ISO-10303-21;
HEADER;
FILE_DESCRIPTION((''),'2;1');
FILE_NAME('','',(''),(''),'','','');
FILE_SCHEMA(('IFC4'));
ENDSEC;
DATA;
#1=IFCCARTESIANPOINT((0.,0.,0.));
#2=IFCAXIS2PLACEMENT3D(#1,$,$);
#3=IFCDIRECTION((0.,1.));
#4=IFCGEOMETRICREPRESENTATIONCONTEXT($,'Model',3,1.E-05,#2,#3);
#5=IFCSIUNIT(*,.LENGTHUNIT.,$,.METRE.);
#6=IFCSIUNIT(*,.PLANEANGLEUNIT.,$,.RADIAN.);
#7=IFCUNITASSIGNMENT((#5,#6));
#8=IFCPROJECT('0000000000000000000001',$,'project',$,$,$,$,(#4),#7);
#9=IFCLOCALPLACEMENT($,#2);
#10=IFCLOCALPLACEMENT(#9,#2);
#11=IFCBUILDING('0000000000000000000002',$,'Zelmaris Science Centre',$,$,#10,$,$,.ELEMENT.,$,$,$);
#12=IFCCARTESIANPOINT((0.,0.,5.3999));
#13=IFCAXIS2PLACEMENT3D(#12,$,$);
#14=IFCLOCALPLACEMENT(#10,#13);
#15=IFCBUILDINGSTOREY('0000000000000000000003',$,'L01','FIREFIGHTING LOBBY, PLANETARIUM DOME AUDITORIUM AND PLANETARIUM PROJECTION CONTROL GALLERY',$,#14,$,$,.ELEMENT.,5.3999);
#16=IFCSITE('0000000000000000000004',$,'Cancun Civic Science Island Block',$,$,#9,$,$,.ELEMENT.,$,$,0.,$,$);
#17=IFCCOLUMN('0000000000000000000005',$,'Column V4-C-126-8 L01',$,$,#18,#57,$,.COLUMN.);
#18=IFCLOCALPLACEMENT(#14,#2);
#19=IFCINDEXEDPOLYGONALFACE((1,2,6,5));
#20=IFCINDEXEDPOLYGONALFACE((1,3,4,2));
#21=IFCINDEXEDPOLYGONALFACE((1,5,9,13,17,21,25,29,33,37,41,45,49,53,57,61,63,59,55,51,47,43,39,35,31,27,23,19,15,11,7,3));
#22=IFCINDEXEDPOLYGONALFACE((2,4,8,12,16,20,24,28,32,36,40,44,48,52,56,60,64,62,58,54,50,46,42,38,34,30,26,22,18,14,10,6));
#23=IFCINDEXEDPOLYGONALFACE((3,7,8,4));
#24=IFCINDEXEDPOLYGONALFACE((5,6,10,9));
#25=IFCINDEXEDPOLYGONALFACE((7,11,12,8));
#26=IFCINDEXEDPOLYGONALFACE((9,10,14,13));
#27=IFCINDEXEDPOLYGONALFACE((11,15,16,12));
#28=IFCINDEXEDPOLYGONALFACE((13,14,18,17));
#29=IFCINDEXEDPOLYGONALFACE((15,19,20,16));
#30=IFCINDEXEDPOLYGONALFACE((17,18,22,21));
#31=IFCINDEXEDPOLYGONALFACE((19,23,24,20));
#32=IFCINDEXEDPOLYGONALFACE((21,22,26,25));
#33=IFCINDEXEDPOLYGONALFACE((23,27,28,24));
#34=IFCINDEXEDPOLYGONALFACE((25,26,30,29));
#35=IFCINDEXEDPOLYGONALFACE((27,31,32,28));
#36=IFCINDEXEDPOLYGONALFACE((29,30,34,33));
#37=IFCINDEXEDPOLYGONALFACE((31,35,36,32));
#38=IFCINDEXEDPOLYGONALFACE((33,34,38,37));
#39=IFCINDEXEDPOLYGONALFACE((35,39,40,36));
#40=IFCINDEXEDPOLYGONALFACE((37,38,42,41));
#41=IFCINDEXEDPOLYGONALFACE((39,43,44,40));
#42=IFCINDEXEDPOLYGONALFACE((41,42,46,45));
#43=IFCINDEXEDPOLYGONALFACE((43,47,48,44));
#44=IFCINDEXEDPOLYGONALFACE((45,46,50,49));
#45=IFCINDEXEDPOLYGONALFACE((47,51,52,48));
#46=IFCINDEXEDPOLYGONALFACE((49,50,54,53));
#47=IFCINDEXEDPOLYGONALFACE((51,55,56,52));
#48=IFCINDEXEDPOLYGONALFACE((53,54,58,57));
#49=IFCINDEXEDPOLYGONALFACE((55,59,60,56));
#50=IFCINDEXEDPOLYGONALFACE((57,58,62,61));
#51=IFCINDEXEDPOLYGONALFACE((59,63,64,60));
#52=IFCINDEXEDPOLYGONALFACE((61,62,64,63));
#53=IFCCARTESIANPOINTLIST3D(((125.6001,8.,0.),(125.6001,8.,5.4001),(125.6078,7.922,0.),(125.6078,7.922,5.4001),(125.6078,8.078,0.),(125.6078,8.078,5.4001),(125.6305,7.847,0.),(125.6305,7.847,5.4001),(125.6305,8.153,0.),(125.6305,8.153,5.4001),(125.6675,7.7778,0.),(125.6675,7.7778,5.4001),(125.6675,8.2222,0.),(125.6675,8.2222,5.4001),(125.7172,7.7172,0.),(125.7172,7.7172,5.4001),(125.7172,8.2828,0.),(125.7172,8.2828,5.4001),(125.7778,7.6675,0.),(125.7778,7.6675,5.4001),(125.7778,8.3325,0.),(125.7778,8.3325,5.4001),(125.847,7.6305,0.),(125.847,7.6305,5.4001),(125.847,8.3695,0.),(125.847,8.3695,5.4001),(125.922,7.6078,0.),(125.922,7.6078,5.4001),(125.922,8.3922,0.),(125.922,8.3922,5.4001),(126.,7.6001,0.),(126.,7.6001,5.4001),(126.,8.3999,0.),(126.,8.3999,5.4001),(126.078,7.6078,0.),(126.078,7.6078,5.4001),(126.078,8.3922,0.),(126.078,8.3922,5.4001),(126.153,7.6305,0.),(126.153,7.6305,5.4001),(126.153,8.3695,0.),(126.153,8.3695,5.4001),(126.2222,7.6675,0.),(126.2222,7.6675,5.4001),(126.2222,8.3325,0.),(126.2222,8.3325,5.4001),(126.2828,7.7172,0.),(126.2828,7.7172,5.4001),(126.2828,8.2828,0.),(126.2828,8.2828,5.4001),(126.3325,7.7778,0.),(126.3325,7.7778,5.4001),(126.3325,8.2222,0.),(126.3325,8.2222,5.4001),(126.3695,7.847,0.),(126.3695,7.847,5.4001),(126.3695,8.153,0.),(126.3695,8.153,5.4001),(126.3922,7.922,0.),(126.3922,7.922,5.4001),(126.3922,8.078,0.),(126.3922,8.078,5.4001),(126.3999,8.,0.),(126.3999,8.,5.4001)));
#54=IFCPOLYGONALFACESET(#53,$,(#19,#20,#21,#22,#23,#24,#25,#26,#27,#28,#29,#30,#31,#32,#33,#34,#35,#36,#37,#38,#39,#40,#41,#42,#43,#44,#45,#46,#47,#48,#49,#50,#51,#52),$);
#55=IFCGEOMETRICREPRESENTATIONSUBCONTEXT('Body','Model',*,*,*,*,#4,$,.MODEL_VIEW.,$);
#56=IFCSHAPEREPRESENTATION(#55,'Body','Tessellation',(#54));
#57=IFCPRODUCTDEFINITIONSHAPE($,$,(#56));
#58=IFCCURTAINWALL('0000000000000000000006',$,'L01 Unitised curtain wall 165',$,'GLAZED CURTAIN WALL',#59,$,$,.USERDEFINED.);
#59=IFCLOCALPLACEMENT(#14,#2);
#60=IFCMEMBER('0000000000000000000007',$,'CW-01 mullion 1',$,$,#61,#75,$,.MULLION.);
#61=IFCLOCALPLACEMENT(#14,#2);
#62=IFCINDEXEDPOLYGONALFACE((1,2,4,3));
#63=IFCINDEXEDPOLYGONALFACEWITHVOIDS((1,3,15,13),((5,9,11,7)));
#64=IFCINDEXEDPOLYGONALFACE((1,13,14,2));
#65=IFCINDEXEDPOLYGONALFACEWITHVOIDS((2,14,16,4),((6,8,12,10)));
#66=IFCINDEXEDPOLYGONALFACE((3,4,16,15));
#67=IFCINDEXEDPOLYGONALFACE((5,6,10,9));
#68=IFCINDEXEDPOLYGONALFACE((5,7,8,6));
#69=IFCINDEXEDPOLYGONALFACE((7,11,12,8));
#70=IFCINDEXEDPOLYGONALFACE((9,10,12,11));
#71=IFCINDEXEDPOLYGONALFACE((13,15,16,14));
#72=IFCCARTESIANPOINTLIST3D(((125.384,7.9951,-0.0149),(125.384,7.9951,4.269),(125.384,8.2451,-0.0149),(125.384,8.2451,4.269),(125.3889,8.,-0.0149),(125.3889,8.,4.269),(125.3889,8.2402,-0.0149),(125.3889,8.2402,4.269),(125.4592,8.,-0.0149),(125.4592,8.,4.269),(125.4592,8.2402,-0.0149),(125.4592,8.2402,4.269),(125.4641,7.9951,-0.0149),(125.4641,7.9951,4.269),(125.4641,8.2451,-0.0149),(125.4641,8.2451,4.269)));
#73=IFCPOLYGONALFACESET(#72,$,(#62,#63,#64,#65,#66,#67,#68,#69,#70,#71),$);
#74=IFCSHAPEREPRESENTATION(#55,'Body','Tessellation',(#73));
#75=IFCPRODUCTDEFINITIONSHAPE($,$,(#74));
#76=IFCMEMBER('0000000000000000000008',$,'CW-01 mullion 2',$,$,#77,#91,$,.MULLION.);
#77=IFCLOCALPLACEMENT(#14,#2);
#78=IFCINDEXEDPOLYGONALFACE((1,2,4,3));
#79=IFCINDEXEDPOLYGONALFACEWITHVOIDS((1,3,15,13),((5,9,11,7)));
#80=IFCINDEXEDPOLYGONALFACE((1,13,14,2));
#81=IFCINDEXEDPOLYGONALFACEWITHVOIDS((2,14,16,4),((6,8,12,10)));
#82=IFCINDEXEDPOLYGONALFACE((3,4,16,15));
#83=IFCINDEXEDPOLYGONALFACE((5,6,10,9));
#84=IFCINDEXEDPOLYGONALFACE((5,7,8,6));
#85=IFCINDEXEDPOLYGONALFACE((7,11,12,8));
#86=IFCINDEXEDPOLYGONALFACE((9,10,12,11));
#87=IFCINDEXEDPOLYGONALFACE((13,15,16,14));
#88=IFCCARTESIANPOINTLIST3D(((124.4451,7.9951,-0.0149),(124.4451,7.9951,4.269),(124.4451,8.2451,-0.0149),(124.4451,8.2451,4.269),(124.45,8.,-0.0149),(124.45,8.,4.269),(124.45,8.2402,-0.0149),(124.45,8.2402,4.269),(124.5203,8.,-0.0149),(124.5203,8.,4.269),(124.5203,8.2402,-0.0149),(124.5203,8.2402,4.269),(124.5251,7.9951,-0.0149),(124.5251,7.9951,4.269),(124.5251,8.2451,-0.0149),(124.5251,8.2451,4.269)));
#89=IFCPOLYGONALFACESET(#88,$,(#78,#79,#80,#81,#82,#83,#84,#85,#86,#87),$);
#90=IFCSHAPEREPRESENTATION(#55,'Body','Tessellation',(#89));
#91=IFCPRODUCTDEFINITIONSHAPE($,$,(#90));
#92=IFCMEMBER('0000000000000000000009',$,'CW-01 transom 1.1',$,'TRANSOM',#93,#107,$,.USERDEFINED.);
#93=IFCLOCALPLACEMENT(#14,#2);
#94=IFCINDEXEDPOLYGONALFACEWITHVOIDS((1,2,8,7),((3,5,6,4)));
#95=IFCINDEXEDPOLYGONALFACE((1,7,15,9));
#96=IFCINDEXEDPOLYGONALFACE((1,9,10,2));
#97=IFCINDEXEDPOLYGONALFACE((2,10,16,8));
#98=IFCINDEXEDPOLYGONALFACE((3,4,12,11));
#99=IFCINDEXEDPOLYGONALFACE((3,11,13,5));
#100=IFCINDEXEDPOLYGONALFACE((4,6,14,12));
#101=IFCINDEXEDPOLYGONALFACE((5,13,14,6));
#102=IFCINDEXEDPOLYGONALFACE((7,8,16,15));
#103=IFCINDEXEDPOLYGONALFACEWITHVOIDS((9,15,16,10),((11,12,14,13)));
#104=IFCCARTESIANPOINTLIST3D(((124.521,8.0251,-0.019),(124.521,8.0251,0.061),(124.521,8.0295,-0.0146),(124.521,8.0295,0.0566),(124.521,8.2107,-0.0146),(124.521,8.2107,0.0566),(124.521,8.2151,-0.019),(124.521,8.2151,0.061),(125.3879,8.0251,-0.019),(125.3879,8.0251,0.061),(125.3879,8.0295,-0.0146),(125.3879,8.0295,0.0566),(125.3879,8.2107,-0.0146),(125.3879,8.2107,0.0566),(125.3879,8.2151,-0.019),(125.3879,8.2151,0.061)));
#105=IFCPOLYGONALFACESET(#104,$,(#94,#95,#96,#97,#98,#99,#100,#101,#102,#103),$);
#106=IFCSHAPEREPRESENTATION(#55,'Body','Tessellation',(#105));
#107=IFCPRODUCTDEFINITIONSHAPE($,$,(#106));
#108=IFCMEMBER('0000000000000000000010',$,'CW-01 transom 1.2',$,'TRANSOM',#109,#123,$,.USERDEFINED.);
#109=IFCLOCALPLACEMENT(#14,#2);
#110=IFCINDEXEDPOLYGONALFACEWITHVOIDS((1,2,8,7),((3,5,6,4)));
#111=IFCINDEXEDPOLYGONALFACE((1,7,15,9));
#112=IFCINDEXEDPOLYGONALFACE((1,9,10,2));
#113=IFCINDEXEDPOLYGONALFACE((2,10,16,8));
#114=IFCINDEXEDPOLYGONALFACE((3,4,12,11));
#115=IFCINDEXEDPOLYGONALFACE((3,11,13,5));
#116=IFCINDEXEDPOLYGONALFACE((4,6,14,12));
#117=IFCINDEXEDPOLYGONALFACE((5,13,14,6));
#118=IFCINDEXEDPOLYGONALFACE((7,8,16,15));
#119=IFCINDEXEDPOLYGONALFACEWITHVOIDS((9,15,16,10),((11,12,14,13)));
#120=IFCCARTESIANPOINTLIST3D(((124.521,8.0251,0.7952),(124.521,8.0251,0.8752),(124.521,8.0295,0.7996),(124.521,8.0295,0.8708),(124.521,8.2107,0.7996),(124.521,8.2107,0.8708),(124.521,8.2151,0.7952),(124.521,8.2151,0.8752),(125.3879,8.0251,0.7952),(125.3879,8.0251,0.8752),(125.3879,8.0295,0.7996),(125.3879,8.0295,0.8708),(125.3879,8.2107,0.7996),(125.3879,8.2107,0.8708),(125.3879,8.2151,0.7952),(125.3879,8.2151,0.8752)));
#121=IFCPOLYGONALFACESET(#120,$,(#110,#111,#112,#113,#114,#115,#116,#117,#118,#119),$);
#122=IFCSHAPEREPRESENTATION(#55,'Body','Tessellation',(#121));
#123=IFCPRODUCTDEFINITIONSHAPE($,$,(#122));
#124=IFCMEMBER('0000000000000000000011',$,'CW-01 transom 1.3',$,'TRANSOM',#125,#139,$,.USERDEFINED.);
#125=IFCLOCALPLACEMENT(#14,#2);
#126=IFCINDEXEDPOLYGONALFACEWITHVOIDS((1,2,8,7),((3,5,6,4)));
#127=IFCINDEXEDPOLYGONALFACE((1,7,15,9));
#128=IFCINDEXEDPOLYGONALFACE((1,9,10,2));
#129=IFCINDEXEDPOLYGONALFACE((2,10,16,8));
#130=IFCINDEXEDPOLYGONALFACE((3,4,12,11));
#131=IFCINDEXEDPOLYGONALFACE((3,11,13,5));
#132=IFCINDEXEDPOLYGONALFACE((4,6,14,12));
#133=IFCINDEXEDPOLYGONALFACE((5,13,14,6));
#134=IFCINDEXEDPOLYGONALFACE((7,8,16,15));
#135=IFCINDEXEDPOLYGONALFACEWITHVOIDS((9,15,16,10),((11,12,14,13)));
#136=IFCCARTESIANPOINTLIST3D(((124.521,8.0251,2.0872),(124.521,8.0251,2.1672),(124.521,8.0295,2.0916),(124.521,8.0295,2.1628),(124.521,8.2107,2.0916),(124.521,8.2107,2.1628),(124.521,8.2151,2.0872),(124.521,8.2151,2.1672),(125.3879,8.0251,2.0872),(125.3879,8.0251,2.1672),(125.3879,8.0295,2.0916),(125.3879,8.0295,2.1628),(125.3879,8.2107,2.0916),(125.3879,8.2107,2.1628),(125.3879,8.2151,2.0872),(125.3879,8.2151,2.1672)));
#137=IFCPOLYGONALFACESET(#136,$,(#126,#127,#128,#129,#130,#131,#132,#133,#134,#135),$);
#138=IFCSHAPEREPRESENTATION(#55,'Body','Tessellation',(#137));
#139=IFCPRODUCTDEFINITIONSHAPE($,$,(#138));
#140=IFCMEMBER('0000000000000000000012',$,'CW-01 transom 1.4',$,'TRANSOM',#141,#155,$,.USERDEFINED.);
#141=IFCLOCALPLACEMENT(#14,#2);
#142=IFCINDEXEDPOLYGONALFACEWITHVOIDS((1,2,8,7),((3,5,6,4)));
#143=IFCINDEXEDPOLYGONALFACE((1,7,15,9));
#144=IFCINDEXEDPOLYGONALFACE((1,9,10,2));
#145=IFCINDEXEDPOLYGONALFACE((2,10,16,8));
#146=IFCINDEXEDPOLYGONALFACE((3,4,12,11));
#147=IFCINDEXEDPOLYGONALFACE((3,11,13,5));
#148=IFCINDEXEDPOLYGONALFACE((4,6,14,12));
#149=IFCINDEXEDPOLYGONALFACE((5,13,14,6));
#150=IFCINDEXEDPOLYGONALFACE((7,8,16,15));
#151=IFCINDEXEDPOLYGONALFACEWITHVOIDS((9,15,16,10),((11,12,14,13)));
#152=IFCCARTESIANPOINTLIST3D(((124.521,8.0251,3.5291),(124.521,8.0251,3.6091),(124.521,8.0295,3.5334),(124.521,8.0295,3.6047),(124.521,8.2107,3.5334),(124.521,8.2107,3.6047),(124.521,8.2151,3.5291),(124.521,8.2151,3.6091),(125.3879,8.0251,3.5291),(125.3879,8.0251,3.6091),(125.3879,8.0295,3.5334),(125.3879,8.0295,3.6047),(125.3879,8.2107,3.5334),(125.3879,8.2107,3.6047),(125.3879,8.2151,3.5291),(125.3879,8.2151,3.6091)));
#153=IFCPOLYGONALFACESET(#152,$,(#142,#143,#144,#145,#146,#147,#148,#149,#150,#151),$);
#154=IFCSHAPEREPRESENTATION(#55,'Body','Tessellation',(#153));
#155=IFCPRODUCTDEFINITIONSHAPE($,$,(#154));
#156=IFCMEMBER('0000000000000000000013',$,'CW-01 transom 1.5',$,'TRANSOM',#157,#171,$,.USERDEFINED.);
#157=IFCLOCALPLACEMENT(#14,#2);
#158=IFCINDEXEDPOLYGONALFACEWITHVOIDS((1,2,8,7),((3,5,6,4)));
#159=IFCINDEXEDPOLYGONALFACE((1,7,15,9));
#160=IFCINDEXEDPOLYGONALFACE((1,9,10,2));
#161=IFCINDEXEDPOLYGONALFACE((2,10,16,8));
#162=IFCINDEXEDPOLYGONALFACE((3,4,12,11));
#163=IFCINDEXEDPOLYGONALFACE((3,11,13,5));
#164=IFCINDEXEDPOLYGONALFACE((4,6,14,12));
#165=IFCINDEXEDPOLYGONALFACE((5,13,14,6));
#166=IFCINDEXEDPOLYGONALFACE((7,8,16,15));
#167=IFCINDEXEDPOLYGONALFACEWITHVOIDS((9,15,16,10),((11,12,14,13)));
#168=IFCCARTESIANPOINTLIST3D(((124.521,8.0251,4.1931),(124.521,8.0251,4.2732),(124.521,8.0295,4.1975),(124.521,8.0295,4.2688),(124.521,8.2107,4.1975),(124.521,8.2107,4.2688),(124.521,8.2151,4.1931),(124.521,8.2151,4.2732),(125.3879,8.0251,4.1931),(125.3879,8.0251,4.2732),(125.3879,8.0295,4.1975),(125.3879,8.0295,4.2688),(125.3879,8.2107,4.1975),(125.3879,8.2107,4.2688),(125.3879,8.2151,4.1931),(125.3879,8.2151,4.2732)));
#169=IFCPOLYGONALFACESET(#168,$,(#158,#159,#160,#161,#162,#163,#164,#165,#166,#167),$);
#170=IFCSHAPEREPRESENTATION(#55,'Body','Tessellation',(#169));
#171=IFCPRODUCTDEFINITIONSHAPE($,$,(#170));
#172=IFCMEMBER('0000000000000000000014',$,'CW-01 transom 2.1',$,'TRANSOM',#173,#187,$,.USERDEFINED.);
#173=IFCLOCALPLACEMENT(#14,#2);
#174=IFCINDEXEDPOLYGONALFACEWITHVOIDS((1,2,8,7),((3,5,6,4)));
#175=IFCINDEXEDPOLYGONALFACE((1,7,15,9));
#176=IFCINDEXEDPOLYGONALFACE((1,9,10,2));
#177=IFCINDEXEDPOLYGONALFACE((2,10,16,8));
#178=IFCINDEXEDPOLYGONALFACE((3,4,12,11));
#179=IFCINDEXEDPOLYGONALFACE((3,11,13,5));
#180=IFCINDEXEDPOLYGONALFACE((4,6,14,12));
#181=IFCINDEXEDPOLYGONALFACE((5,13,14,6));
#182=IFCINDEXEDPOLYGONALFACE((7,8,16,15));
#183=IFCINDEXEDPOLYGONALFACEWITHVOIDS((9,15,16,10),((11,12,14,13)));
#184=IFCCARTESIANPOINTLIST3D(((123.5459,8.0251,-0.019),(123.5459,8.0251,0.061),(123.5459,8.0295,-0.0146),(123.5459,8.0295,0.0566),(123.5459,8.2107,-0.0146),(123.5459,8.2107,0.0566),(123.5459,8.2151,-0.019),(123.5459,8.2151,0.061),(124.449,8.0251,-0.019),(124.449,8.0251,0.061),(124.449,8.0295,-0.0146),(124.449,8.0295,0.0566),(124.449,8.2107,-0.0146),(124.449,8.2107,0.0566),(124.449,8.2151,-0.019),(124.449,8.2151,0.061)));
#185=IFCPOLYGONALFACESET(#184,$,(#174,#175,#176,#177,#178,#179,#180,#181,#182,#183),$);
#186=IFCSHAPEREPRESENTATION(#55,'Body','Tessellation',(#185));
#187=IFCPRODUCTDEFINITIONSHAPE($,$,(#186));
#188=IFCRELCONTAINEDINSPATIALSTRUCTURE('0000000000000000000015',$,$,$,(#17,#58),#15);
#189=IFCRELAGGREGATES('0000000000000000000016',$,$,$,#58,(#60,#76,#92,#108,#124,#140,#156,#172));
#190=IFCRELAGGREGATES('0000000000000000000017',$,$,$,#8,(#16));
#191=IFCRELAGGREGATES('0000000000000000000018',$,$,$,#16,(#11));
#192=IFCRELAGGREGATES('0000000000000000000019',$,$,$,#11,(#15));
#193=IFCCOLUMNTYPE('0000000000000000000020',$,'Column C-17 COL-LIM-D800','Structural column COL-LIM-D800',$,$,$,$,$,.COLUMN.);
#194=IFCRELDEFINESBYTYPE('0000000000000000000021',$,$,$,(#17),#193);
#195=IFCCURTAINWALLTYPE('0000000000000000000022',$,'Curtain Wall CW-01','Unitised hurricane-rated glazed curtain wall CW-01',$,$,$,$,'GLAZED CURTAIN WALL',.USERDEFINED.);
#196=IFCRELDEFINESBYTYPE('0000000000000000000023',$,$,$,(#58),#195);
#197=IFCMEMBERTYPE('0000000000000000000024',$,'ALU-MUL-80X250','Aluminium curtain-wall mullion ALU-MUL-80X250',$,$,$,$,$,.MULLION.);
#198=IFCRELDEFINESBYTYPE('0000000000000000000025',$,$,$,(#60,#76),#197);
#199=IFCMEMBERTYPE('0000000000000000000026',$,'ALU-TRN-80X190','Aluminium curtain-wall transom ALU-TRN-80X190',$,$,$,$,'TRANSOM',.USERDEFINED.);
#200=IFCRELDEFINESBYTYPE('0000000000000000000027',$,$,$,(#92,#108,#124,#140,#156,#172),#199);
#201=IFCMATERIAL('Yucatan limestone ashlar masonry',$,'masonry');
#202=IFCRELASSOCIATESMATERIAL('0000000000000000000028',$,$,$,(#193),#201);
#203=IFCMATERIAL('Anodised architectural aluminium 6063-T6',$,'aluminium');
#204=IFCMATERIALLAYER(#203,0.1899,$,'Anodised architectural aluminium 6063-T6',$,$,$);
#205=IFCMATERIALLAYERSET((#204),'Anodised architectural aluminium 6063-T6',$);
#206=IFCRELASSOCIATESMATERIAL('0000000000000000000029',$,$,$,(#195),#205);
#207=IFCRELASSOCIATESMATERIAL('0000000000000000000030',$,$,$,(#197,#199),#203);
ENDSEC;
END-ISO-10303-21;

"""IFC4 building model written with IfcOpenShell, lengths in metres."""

from ifc_helpers import new_model, si_unit, direction, frame, origin, origin_2d, place, context, subcontext, project, spatial, hollow_rectangle, circle, extrude, material, layer, layer_set, material_profile, profile_set, type_object, element, aggregate, save


model = new_model("IFC4")

# Units and contexts
model_context = context("Model", 3, precision=1e-05, world=origin(), true_north=direction((0.0, 1.0)))
body_context = subcontext(model_context, "Body", "Model", "MODEL_VIEW")
ifc_project = project(units=[si_unit("LENGTHUNIT", "METRE"), si_unit("PLANEANGLEUNIT", "RADIAN")], contexts=[model_context])

# Site, building, storey
site_placement = place(None, origin())
site = spatial("IfcSite", under=ifc_project, at=site_placement, Name="Cancun Civic Science Island Block", CompositionType="ELEMENT", RefElevation=0.0)
building_placement = place(site_placement, origin())
building = spatial("IfcBuilding", under=site, at=building_placement, Name="Zelmaris Science Centre", CompositionType="ELEMENT")
storey_placement = place(building_placement, frame((0.0, 0.0, 5.3999)))
storey = spatial("IfcBuildingStorey", under=building, at=storey_placement, Name="L01", Description="FIREFIGHTING LOBBY, PLANETARIUM DOME AUDITORIUM AND PLANETARIUM PROJECTION CONTROL GALLERY", CompositionType="ELEMENT", Elevation=5.3999)

# Column
ifc_material_1 = material(Name="Yucatan limestone ashlar masonry", Category="masonry")
ifc_material_profile_1 = material_profile(ifc_material_1, circle(Radius=0.3999, at=origin_2d()), Name="COL-LIM-D800")
ifc_profile_set_1 = profile_set([ifc_material_profile_1], Name="Yucatan limestone ashlar masonry")
column_type = type_object("IfcColumnType", Name="Column C-17 COL-LIM-D800", Description="Structural column COL-LIM-D800", PredefinedType="COLUMN", material=ifc_profile_set_1)
column_placement = place(storey_placement, frame((126.0, 8.0, 0.0), z_axis=(0.0, 0.0, 1.0), x_axis=(1.0, 0.0, 0.0)))
element("IfcColumn", 1, at=column_placement, inside=storey, type_object=column_type, Name="Column V4-C-126-8 L01", PredefinedType="COLUMN", context=body_context, shape_type="SweptSolid", body=[
    extrude(circle(Radius=0.3999, at=origin_2d()), origin(), (0.0, 0.0, 1.0), 5.4001),
])

# Curtain wall, members
ifc_material_2 = material(Name="Anodised architectural aluminium 6063-T6", Category="aluminium")
ifc_layer_1 = layer(ifc_material_2, 0.1899, Name="Anodised architectural aluminium 6063-T6")
ifc_layer_set_1 = layer_set([ifc_layer_1], Name="Anodised architectural aluminium 6063-T6")
curtain_wall_type = type_object("IfcCurtainWallType", Name="Curtain Wall CW-01", Description="Unitised hurricane-rated glazed curtain wall CW-01", ElementType="GLAZED CURTAIN WALL", PredefinedType="USERDEFINED", material=ifc_layer_set_1)
curtain_wall_placement = place(storey_placement, origin())
curtain_wall = element("IfcCurtainWall", 2, at=curtain_wall_placement, inside=storey, type_object=curtain_wall_type, Name="L01 Unitised curtain wall 165", ObjectType="GLAZED CURTAIN WALL", PredefinedType="USERDEFINED")
ifc_material_profile_2 = material_profile(ifc_material_2, hollow_rectangle(XDim=0.0801, YDim=0.25, WallThickness=0.0049, at=origin_2d()), Name="ALU-MUL-80X250")
ifc_profile_set_2 = profile_set([ifc_material_profile_2], Name="Anodised architectural aluminium 6063-T6")
member_type_1 = type_object("IfcMemberType", Name="ALU-MUL-80X250", Description="Aluminium curtain-wall mullion ALU-MUL-80X250", PredefinedType="MULLION", material=ifc_profile_set_2)
member_1_placement = place(storey_placement, frame((125.4241, 8.1201, -0.0149), z_axis=(0.0, 0.0, 1.0), x_axis=(-1.0, 0.0, 0.0)))
member_1 = element("IfcMember", 3, at=member_1_placement, type_object=member_type_1, Name="CW-01 mullion 1", PredefinedType="MULLION", context=body_context, shape_type="SweptSolid", body=[
    extrude(hollow_rectangle(XDim=0.0801, YDim=0.25, WallThickness=0.0049, at=origin_2d()), origin(), (0.0, 0.0, 1.0), 4.2839),
])
member_2_placement = place(storey_placement, frame((124.4851, 8.1201, -0.0149), z_axis=(0.0, 0.0, 1.0), x_axis=(-1.0, 0.0, 0.0)))
member_2 = element("IfcMember", 4, at=member_2_placement, type_object=member_type_1, Name="CW-01 mullion 2", PredefinedType="MULLION", context=body_context, shape_type="SweptSolid", body=[
    extrude(hollow_rectangle(XDim=0.0801, YDim=0.25, WallThickness=0.0049, at=origin_2d()), origin(), (0.0, 0.0, 1.0), 4.2839),
])
ifc_material_profile_3 = material_profile(ifc_material_2, hollow_rectangle(XDim=0.0801, YDim=0.1899, WallThickness=0.0044, at=origin_2d()), Name="ALU-TRN-80X190")
ifc_profile_set_3 = profile_set([ifc_material_profile_3], Name="Anodised architectural aluminium 6063-T6")
member_type_2 = type_object("IfcMemberType", Name="ALU-TRN-80X190", Description="Aluminium curtain-wall transom ALU-TRN-80X190", ElementType="TRANSOM", PredefinedType="USERDEFINED", material=ifc_profile_set_3)
member_3_placement = place(storey_placement, frame((125.3879, 8.1201, 0.021), z_axis=(-1.0, 0.0, 0.0), x_axis=(0.0, 0.0, 1.0)))
member_3 = element("IfcMember", 5, at=member_3_placement, type_object=member_type_2, Name="CW-01 transom 1.1", ObjectType="TRANSOM", PredefinedType="USERDEFINED", context=body_context, shape_type="SweptSolid", body=[
    extrude(hollow_rectangle(XDim=0.0801, YDim=0.1899, WallThickness=0.0044, at=origin_2d()), origin(), (0.0, 0.0, 1.0), 0.8669),
])
member_4_placement = place(storey_placement, frame((125.3879, 8.1201, 0.8352), z_axis=(-1.0, 0.0, 0.0), x_axis=(0.0, 0.0, 1.0)))
member_4 = element("IfcMember", 6, at=member_4_placement, type_object=member_type_2, Name="CW-01 transom 1.2", ObjectType="TRANSOM", PredefinedType="USERDEFINED", context=body_context, shape_type="SweptSolid", body=[
    extrude(hollow_rectangle(XDim=0.0801, YDim=0.1899, WallThickness=0.0044, at=origin_2d()), origin(), (0.0, 0.0, 1.0), 0.8669),
])
member_5_placement = place(storey_placement, frame((125.3879, 8.1201, 2.1272), z_axis=(-1.0, 0.0, 0.0), x_axis=(0.0, 0.0, 1.0)))
member_5 = element("IfcMember", 7, at=member_5_placement, type_object=member_type_2, Name="CW-01 transom 1.3", ObjectType="TRANSOM", PredefinedType="USERDEFINED", context=body_context, shape_type="SweptSolid", body=[
    extrude(hollow_rectangle(XDim=0.0801, YDim=0.1899, WallThickness=0.0044, at=origin_2d()), origin(), (0.0, 0.0, 1.0), 0.8669),
])
member_6_placement = place(storey_placement, frame((125.3879, 8.1201, 3.5691), z_axis=(-1.0, 0.0, 0.0), x_axis=(0.0, 0.0, 1.0)))
member_6 = element("IfcMember", 8, at=member_6_placement, type_object=member_type_2, Name="CW-01 transom 1.4", ObjectType="TRANSOM", PredefinedType="USERDEFINED", context=body_context, shape_type="SweptSolid", body=[
    extrude(hollow_rectangle(XDim=0.0801, YDim=0.1899, WallThickness=0.0044, at=origin_2d()), origin(), (0.0, 0.0, 1.0), 0.8669),
])
member_7_placement = place(storey_placement, frame((125.3879, 8.1201, 4.2332), z_axis=(-1.0, 0.0, 0.0), x_axis=(0.0, 0.0, 1.0)))
member_7 = element("IfcMember", 9, at=member_7_placement, type_object=member_type_2, Name="CW-01 transom 1.5", ObjectType="TRANSOM", PredefinedType="USERDEFINED", context=body_context, shape_type="SweptSolid", body=[
    extrude(hollow_rectangle(XDim=0.0801, YDim=0.1899, WallThickness=0.0044, at=origin_2d()), origin(), (0.0, 0.0, 1.0), 0.8669),
])
member_8_placement = place(storey_placement, frame((124.449, 8.1201, 0.021), z_axis=(-1.0, 0.0, 0.0), x_axis=(0.0, 0.0, 1.0)))
member_8 = element("IfcMember", 10, at=member_8_placement, type_object=member_type_2, Name="CW-01 transom 2.1", ObjectType="TRANSOM", PredefinedType="USERDEFINED", context=body_context, shape_type="SweptSolid", body=[
    extrude(hollow_rectangle(XDim=0.0801, YDim=0.1899, WallThickness=0.0044, at=origin_2d()), origin(), (0.0, 0.0, 1.0), 0.9031),
])

aggregate(curtain_wall, [member_1, member_2, member_3, member_4, member_5, member_6, member_7, member_8])

save(model, "model.ifc")
